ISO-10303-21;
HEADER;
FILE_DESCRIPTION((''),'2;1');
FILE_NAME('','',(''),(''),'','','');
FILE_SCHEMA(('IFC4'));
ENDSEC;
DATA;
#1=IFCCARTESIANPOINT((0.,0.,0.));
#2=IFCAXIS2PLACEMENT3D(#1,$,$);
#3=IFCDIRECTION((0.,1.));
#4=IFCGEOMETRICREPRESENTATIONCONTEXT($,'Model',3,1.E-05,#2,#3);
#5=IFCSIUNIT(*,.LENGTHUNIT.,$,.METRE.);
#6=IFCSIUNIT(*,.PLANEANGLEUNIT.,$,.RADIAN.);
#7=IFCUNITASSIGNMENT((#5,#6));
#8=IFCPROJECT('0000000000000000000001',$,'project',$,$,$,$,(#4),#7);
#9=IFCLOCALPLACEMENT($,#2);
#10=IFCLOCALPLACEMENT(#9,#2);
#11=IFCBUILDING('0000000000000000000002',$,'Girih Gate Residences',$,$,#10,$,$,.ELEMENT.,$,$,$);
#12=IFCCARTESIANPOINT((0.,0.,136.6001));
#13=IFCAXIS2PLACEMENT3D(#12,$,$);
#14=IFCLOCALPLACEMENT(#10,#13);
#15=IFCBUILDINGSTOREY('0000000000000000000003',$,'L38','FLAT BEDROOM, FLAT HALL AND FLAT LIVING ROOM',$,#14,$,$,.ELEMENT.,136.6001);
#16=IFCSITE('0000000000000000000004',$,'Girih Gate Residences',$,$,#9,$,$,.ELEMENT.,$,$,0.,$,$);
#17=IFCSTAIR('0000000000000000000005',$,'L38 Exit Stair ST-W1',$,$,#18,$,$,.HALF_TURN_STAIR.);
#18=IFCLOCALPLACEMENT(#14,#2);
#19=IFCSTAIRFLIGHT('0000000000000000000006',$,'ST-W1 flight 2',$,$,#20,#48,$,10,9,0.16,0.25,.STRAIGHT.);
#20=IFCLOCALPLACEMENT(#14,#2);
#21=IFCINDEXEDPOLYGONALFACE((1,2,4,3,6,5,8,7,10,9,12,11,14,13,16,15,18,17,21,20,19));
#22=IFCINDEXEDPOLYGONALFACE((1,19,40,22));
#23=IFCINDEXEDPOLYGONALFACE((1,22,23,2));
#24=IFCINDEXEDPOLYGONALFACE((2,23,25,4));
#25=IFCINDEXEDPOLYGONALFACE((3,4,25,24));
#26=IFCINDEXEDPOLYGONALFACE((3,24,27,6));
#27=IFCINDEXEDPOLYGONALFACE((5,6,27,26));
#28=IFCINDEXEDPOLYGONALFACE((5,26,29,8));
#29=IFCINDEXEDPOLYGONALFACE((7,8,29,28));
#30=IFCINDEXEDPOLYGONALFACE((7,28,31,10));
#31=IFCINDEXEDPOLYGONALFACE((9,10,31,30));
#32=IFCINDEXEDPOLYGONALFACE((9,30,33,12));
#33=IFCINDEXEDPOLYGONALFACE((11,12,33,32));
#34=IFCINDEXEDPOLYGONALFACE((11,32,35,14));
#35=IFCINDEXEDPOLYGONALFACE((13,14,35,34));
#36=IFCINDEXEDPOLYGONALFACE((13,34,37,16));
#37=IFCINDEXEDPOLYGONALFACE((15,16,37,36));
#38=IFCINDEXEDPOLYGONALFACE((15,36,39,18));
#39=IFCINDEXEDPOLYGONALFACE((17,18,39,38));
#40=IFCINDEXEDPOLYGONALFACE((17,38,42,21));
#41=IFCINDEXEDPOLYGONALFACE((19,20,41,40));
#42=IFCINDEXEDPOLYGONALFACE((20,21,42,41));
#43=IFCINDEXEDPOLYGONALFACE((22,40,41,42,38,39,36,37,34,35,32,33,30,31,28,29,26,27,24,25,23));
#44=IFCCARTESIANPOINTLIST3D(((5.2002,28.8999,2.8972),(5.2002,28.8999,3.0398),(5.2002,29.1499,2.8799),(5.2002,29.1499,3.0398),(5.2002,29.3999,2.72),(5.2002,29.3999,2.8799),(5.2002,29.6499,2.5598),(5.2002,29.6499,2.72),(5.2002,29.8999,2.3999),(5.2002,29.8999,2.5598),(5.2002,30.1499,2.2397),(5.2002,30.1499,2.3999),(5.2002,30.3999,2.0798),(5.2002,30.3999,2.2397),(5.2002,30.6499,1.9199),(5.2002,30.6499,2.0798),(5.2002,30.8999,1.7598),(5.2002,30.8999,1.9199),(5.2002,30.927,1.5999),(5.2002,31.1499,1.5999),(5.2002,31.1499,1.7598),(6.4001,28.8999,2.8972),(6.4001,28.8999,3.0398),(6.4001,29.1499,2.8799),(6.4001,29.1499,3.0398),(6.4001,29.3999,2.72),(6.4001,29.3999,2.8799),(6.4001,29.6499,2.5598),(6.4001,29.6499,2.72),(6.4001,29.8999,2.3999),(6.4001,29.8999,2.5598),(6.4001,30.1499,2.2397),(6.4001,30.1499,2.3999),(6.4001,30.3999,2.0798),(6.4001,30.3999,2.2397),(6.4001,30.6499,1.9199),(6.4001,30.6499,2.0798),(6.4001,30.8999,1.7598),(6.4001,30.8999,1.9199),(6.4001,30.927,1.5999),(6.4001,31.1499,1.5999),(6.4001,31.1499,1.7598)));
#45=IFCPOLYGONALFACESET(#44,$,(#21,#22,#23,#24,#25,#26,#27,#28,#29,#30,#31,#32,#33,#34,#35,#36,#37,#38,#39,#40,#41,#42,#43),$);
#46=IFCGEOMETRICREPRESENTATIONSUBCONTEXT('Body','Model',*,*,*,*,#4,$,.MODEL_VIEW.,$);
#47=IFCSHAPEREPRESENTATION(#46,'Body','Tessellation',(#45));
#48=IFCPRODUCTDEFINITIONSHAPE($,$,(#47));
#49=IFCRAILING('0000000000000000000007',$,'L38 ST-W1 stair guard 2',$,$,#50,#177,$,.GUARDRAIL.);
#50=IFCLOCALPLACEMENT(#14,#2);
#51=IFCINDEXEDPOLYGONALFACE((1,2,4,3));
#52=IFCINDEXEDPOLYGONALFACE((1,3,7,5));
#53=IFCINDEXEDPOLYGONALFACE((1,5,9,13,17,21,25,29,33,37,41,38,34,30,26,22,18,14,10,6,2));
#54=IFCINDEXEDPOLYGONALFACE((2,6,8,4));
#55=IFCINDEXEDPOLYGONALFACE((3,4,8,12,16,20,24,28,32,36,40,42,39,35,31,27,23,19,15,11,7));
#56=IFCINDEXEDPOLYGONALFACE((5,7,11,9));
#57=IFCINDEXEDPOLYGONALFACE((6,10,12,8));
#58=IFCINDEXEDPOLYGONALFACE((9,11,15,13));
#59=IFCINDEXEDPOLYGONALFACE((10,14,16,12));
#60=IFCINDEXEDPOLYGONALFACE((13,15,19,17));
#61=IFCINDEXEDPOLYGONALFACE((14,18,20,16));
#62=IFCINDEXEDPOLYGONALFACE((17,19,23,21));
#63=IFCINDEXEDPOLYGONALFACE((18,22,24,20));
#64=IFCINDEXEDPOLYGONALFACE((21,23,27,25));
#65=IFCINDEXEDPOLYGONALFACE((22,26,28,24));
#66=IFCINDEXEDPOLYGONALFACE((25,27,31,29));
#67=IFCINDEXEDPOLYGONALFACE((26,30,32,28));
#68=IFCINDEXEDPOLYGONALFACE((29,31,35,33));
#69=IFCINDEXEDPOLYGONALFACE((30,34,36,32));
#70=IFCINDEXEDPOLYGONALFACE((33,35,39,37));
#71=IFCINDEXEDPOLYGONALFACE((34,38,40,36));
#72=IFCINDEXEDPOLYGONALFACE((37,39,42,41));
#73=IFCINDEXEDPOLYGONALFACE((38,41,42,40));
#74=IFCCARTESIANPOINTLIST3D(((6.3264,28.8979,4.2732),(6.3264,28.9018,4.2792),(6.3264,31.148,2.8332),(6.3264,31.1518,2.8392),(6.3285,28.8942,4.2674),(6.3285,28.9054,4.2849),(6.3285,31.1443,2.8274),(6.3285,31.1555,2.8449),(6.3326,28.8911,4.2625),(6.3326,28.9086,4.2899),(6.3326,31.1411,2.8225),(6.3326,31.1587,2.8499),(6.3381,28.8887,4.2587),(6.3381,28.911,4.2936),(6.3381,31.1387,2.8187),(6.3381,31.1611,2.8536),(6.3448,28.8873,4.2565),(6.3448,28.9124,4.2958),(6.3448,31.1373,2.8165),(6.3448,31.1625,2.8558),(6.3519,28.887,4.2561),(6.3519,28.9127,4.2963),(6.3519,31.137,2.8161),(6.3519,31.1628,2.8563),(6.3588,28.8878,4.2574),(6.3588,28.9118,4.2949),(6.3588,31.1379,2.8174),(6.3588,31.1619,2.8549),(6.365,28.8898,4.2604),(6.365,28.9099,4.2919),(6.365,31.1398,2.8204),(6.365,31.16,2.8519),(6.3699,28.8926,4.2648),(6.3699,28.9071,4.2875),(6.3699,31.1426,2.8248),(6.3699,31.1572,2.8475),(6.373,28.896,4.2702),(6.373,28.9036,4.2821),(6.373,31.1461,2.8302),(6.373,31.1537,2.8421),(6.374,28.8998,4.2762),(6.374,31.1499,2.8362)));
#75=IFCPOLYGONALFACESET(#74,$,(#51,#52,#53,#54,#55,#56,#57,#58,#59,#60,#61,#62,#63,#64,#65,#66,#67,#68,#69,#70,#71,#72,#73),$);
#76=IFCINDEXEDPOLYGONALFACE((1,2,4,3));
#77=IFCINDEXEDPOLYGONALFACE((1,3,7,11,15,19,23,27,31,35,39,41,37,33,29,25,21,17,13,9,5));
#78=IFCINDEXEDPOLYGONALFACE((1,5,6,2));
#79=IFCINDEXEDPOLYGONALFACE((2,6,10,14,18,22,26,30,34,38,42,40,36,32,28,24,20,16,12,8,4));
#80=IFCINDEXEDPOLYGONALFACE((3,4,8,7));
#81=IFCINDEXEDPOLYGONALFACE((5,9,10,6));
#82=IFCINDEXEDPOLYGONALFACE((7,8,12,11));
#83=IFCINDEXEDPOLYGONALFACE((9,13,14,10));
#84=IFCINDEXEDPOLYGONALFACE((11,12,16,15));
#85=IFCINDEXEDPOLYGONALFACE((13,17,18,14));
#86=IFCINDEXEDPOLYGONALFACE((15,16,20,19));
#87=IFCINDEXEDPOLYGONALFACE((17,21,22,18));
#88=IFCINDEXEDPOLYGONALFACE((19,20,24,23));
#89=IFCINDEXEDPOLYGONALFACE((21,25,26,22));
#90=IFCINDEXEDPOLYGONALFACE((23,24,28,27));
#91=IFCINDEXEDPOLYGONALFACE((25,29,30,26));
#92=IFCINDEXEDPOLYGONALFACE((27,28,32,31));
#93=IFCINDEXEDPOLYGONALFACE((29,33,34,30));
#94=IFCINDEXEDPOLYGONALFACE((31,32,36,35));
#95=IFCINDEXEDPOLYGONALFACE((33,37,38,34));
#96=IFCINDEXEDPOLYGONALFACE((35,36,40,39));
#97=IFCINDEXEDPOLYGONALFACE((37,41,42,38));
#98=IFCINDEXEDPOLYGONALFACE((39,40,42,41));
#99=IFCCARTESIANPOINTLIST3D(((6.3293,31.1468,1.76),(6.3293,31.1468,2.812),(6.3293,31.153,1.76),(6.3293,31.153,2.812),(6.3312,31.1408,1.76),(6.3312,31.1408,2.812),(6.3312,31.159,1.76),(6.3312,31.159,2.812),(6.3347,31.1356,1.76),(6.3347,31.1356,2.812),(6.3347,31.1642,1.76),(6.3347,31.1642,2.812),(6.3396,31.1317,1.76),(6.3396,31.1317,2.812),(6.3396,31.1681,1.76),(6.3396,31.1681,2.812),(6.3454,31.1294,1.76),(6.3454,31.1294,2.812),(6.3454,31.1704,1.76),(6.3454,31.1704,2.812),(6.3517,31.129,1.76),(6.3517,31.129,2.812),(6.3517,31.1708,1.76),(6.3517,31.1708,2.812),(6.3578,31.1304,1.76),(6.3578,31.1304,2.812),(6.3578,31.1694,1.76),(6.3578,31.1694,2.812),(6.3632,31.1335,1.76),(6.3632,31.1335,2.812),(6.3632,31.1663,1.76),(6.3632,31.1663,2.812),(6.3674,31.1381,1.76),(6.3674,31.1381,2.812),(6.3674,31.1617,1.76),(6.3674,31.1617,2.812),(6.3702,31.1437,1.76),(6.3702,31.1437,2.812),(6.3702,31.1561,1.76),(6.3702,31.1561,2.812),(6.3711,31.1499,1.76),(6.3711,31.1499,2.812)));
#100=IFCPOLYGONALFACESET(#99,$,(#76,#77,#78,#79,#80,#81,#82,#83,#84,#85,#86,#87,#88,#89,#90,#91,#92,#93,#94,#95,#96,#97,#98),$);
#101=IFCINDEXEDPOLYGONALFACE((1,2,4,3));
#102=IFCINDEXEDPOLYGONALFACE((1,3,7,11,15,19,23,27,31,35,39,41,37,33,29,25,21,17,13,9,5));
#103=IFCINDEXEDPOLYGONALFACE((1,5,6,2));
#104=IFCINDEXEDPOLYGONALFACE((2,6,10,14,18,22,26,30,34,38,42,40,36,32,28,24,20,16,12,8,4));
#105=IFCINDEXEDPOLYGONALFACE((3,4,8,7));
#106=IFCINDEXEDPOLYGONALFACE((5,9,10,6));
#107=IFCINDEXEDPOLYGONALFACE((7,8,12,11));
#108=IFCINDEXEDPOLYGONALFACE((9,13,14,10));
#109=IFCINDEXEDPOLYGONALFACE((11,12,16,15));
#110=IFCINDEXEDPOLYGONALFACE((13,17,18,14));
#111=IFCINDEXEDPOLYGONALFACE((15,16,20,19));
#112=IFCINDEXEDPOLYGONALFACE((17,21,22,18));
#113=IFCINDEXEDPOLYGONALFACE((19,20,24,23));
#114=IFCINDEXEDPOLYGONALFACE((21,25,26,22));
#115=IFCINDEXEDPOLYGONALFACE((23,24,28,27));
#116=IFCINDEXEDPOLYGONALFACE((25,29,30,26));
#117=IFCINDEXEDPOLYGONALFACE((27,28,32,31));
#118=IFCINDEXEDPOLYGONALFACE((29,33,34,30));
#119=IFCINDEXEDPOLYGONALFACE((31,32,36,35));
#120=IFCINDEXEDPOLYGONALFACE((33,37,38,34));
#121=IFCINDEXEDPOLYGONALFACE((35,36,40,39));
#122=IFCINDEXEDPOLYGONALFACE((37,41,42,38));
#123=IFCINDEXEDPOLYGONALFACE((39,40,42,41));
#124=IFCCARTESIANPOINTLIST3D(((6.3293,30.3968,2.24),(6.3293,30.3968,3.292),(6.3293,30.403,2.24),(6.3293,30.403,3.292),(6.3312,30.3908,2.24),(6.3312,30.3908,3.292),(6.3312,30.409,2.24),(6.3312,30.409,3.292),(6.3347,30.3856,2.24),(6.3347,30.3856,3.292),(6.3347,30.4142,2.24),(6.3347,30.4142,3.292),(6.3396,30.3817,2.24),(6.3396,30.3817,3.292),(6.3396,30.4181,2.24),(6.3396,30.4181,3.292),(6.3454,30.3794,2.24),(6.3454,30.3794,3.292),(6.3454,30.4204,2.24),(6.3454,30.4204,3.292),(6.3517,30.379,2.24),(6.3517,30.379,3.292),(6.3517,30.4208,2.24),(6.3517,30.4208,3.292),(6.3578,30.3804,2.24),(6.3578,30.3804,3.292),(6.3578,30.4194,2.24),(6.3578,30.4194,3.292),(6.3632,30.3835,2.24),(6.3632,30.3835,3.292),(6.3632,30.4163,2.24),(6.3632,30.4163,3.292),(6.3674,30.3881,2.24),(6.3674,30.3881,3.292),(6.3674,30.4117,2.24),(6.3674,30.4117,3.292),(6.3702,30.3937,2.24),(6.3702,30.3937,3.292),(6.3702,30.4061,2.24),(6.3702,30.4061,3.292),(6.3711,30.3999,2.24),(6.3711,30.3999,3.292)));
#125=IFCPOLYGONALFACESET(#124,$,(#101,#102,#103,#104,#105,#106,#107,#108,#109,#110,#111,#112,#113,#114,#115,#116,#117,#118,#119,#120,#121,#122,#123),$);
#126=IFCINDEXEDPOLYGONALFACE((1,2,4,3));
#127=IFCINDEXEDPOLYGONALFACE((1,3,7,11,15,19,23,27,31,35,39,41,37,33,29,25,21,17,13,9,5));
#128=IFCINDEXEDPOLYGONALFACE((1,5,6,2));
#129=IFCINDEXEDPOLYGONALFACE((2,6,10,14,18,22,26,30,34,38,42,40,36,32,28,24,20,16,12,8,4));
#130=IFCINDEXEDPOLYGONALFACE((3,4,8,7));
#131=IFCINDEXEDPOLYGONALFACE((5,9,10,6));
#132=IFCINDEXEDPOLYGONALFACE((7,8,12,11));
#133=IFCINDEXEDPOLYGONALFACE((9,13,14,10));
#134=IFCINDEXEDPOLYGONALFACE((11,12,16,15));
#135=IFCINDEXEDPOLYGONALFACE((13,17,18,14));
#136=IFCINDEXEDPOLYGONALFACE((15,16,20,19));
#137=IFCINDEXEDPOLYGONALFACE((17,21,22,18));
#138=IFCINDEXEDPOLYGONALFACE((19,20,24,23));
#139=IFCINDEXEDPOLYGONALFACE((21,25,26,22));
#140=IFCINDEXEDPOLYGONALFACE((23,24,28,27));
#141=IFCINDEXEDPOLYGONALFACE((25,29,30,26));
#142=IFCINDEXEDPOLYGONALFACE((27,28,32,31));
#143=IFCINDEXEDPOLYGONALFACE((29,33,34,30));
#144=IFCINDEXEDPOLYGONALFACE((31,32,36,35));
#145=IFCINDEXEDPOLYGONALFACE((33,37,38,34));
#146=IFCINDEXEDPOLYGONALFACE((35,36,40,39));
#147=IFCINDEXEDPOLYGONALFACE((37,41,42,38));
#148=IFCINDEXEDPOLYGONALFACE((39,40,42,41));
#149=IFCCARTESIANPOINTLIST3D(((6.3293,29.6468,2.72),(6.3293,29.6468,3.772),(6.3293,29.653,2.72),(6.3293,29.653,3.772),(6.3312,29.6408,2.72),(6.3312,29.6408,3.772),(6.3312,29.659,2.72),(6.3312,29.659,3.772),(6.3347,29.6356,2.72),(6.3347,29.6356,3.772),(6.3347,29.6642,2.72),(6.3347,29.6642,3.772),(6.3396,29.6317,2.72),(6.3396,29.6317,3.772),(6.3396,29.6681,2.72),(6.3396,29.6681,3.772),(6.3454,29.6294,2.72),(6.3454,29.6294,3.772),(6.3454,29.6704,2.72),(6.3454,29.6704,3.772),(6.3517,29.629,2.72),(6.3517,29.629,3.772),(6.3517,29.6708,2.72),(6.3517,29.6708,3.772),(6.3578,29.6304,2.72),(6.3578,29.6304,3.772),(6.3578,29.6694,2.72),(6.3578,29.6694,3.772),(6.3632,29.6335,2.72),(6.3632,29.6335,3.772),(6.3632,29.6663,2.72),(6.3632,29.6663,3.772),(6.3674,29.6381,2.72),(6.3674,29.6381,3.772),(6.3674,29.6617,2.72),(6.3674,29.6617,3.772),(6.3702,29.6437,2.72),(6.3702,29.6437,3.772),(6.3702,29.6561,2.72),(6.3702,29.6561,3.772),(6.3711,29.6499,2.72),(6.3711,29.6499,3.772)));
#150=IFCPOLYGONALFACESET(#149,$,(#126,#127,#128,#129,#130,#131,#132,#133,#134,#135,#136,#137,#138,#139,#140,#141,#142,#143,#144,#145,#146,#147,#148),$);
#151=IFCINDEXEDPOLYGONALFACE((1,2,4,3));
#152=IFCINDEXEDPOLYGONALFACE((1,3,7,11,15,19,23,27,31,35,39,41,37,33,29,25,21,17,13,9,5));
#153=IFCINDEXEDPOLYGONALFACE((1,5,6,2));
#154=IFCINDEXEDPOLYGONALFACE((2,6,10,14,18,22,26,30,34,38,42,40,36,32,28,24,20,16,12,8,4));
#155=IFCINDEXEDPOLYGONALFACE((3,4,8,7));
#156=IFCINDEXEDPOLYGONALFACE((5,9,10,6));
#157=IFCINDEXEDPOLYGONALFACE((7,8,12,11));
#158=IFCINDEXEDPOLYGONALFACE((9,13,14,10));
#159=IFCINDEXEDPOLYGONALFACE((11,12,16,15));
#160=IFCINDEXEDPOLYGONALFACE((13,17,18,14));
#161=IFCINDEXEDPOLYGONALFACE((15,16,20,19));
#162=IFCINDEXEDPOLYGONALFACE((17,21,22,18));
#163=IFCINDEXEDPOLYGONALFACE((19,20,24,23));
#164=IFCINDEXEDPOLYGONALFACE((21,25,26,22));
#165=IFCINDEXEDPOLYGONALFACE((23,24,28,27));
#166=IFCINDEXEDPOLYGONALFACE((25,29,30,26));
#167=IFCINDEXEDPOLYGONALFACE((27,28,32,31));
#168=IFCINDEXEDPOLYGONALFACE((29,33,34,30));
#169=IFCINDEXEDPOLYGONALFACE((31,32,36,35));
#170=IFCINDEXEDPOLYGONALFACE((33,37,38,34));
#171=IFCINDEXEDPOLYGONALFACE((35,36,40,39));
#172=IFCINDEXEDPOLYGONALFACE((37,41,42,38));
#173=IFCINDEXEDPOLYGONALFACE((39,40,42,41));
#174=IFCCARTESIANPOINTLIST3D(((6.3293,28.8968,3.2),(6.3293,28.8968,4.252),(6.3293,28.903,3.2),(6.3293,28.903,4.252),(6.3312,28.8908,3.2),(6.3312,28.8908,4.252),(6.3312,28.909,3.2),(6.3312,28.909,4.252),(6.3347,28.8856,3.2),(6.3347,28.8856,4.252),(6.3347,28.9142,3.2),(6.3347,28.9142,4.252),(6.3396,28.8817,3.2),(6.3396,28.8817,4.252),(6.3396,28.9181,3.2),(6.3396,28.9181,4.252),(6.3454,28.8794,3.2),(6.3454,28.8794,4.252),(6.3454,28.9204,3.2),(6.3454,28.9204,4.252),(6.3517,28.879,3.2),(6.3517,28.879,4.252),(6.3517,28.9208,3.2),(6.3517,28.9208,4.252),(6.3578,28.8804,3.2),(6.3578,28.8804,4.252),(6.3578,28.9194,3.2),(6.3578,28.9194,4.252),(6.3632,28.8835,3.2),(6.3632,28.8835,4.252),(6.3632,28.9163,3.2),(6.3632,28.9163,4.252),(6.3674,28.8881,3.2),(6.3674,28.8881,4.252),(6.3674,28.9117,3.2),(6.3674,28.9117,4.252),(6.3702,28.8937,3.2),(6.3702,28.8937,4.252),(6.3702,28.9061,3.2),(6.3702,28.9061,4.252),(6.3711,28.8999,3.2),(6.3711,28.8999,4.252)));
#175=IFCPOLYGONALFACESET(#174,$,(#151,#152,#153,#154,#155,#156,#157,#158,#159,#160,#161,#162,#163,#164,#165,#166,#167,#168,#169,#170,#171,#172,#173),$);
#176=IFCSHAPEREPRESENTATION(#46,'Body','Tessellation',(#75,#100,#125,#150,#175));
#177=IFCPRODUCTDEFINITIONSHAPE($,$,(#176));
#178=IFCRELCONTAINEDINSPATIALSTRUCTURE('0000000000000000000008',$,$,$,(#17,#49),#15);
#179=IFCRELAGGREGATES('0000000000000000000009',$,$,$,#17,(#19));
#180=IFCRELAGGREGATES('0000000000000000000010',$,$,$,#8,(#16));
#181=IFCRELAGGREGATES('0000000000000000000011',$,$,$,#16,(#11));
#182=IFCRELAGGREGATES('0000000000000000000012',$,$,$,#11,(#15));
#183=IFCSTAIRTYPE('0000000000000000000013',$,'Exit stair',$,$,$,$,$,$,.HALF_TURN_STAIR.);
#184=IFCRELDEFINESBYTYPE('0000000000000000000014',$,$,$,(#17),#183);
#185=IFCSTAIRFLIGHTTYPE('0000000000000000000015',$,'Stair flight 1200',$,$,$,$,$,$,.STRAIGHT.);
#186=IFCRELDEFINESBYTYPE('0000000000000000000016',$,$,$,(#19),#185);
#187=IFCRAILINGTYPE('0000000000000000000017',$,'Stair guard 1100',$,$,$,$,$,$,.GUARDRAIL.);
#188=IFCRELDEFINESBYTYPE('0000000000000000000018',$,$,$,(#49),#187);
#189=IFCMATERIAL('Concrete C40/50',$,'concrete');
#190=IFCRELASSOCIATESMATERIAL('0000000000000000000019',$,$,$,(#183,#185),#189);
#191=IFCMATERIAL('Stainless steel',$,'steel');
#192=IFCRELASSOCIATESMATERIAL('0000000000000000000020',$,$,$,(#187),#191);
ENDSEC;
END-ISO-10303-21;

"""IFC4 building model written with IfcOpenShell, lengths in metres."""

from ifc_helpers import new_model, si_unit, direction, frame, origin, origin_2d, place, context, subcontext, project, spatial, polyline, circle, outline, extrude, material, type_object, element, aggregate, save


model = new_model("IFC4")

# Units and contexts
model_context = context("Model", 3, precision=1e-05, world=origin(), true_north=direction((0.0, 1.0)))
body_context = subcontext(model_context, "Body", "Model", "MODEL_VIEW")
ifc_project = project(units=[si_unit("LENGTHUNIT", "METRE"), si_unit("PLANEANGLEUNIT", "RADIAN")], contexts=[model_context])

# Site, building, storey
site_placement = place(None, origin())
site = spatial("IfcSite", under=ifc_project, at=site_placement, Name="Girih Gate Residences", CompositionType="ELEMENT", RefElevation=0.0)
building_placement = place(site_placement, origin())
building = spatial("IfcBuilding", under=site, at=building_placement, Name="Girih Gate Residences", CompositionType="ELEMENT")
storey_placement = place(building_placement, frame((0.0, 0.0, 136.6001)))
storey = spatial("IfcBuildingStorey", under=building, at=storey_placement, Name="L38", Description="FLAT BEDROOM, FLAT HALL AND FLAT LIVING ROOM", CompositionType="ELEMENT", Elevation=136.6001)

# Shared definitions
ifc_material_1 = material(Name="Concrete C40/50", Category="concrete")

# Shared definitions
ifc_material_2 = material(Name="Stainless steel", Category="steel")

# Stair, stair flight
stair_type = type_object("IfcStairType", Name="Exit stair", PredefinedType="HALF_TURN_STAIR", material=ifc_material_1)
stair_placement = place(storey_placement, origin())
stair = element("IfcStair", 1, at=stair_placement, inside=storey, type_object=stair_type, Name="L38 Exit Stair ST-W1", PredefinedType="HALF_TURN_STAIR")
stair_flight_type = type_object("IfcStairFlightType", Name="Stair flight 1200", PredefinedType="STRAIGHT", material=ifc_material_1)
stair_flight_placement = place(storey_placement, frame((5.8, 31.1499, 1.5999), z_axis=(0.0, 0.0, 1.0), x_axis=(0.0, -1.0, 0.0)))
stair_flight = element("IfcStairFlight", 2, at=stair_flight_placement, type_object=stair_flight_type, Name="ST-W1 flight 2", NumberOfRisers=10, NumberOfTreads=9, PredefinedType="STRAIGHT", RiserHeight=0.16, TreadLength=0.25, context=body_context, shape_type="SweptSolid", body=[
    extrude(outline(polyline([(0.0, 0.0), (0.0, 0.1599), (0.25, 0.1599), (0.25, 0.3201), (0.5, 0.3201), (0.5, 0.48), (0.75, 0.48), (0.75, 0.6399), (1.0, 0.6399), (1.0, 0.8), (1.25, 0.8), (1.25, 0.96), (1.5, 0.96), (1.5, 1.1201), (1.75, 1.1201), (1.75, 1.28), (2.0, 1.28), (2.0, 1.4399), (2.25, 1.4399), (2.25, 1.6001), (2.25, 1.2974), (0.2229, 0.0), (0.0, 0.0)])), frame((0.0, 0.6001, 0.0), z_axis=(0.0, -1.0, 0.0), x_axis=(1.0, 0.0, 0.0)), (0.0, 0.0, 1.0), 1.2),
])
aggregate(stair, [stair_flight])

# Railing
railing_type = type_object("IfcRailingType", Name="Stair guard 1100", PredefinedType="GUARDRAIL", material=ifc_material_2)
railing_placement = place(storey_placement, frame((6.3501, 31.1499, 1.76)))
element("IfcRailing", 3, at=railing_placement, inside=storey, type_object=railing_type, Name="L38 ST-W1 stair guard 2", PredefinedType="GUARDRAIL", context=body_context, shape_type="SweptSolid", body=[
    extrude(circle(Radius=0.0239, at=origin_2d()), frame((0.0, 0.0, 1.0762), z_axis=(0.0, -0.842281, 0.539038), x_axis=(1.0, 0.0, 0.0)), (0.0, 0.0, 1.0), 2.6714),
    extrude(circle(Radius=0.021, at=origin_2d()), origin(), (0.0, 0.0, 1.0), 1.052),
    extrude(circle(Radius=0.021, at=origin_2d()), frame((0.0, -0.75, 0.48)), (0.0, 0.0, 1.0), 1.052),
    extrude(circle(Radius=0.021, at=origin_2d()), frame((0.0, -1.5, 0.96)), (0.0, 0.0, 1.0), 1.052),
    extrude(circle(Radius=0.021, at=origin_2d()), frame((0.0, -2.25, 1.4399)), (0.0, 0.0, 1.0), 1.052),
])

save(model, "model.ifc")
